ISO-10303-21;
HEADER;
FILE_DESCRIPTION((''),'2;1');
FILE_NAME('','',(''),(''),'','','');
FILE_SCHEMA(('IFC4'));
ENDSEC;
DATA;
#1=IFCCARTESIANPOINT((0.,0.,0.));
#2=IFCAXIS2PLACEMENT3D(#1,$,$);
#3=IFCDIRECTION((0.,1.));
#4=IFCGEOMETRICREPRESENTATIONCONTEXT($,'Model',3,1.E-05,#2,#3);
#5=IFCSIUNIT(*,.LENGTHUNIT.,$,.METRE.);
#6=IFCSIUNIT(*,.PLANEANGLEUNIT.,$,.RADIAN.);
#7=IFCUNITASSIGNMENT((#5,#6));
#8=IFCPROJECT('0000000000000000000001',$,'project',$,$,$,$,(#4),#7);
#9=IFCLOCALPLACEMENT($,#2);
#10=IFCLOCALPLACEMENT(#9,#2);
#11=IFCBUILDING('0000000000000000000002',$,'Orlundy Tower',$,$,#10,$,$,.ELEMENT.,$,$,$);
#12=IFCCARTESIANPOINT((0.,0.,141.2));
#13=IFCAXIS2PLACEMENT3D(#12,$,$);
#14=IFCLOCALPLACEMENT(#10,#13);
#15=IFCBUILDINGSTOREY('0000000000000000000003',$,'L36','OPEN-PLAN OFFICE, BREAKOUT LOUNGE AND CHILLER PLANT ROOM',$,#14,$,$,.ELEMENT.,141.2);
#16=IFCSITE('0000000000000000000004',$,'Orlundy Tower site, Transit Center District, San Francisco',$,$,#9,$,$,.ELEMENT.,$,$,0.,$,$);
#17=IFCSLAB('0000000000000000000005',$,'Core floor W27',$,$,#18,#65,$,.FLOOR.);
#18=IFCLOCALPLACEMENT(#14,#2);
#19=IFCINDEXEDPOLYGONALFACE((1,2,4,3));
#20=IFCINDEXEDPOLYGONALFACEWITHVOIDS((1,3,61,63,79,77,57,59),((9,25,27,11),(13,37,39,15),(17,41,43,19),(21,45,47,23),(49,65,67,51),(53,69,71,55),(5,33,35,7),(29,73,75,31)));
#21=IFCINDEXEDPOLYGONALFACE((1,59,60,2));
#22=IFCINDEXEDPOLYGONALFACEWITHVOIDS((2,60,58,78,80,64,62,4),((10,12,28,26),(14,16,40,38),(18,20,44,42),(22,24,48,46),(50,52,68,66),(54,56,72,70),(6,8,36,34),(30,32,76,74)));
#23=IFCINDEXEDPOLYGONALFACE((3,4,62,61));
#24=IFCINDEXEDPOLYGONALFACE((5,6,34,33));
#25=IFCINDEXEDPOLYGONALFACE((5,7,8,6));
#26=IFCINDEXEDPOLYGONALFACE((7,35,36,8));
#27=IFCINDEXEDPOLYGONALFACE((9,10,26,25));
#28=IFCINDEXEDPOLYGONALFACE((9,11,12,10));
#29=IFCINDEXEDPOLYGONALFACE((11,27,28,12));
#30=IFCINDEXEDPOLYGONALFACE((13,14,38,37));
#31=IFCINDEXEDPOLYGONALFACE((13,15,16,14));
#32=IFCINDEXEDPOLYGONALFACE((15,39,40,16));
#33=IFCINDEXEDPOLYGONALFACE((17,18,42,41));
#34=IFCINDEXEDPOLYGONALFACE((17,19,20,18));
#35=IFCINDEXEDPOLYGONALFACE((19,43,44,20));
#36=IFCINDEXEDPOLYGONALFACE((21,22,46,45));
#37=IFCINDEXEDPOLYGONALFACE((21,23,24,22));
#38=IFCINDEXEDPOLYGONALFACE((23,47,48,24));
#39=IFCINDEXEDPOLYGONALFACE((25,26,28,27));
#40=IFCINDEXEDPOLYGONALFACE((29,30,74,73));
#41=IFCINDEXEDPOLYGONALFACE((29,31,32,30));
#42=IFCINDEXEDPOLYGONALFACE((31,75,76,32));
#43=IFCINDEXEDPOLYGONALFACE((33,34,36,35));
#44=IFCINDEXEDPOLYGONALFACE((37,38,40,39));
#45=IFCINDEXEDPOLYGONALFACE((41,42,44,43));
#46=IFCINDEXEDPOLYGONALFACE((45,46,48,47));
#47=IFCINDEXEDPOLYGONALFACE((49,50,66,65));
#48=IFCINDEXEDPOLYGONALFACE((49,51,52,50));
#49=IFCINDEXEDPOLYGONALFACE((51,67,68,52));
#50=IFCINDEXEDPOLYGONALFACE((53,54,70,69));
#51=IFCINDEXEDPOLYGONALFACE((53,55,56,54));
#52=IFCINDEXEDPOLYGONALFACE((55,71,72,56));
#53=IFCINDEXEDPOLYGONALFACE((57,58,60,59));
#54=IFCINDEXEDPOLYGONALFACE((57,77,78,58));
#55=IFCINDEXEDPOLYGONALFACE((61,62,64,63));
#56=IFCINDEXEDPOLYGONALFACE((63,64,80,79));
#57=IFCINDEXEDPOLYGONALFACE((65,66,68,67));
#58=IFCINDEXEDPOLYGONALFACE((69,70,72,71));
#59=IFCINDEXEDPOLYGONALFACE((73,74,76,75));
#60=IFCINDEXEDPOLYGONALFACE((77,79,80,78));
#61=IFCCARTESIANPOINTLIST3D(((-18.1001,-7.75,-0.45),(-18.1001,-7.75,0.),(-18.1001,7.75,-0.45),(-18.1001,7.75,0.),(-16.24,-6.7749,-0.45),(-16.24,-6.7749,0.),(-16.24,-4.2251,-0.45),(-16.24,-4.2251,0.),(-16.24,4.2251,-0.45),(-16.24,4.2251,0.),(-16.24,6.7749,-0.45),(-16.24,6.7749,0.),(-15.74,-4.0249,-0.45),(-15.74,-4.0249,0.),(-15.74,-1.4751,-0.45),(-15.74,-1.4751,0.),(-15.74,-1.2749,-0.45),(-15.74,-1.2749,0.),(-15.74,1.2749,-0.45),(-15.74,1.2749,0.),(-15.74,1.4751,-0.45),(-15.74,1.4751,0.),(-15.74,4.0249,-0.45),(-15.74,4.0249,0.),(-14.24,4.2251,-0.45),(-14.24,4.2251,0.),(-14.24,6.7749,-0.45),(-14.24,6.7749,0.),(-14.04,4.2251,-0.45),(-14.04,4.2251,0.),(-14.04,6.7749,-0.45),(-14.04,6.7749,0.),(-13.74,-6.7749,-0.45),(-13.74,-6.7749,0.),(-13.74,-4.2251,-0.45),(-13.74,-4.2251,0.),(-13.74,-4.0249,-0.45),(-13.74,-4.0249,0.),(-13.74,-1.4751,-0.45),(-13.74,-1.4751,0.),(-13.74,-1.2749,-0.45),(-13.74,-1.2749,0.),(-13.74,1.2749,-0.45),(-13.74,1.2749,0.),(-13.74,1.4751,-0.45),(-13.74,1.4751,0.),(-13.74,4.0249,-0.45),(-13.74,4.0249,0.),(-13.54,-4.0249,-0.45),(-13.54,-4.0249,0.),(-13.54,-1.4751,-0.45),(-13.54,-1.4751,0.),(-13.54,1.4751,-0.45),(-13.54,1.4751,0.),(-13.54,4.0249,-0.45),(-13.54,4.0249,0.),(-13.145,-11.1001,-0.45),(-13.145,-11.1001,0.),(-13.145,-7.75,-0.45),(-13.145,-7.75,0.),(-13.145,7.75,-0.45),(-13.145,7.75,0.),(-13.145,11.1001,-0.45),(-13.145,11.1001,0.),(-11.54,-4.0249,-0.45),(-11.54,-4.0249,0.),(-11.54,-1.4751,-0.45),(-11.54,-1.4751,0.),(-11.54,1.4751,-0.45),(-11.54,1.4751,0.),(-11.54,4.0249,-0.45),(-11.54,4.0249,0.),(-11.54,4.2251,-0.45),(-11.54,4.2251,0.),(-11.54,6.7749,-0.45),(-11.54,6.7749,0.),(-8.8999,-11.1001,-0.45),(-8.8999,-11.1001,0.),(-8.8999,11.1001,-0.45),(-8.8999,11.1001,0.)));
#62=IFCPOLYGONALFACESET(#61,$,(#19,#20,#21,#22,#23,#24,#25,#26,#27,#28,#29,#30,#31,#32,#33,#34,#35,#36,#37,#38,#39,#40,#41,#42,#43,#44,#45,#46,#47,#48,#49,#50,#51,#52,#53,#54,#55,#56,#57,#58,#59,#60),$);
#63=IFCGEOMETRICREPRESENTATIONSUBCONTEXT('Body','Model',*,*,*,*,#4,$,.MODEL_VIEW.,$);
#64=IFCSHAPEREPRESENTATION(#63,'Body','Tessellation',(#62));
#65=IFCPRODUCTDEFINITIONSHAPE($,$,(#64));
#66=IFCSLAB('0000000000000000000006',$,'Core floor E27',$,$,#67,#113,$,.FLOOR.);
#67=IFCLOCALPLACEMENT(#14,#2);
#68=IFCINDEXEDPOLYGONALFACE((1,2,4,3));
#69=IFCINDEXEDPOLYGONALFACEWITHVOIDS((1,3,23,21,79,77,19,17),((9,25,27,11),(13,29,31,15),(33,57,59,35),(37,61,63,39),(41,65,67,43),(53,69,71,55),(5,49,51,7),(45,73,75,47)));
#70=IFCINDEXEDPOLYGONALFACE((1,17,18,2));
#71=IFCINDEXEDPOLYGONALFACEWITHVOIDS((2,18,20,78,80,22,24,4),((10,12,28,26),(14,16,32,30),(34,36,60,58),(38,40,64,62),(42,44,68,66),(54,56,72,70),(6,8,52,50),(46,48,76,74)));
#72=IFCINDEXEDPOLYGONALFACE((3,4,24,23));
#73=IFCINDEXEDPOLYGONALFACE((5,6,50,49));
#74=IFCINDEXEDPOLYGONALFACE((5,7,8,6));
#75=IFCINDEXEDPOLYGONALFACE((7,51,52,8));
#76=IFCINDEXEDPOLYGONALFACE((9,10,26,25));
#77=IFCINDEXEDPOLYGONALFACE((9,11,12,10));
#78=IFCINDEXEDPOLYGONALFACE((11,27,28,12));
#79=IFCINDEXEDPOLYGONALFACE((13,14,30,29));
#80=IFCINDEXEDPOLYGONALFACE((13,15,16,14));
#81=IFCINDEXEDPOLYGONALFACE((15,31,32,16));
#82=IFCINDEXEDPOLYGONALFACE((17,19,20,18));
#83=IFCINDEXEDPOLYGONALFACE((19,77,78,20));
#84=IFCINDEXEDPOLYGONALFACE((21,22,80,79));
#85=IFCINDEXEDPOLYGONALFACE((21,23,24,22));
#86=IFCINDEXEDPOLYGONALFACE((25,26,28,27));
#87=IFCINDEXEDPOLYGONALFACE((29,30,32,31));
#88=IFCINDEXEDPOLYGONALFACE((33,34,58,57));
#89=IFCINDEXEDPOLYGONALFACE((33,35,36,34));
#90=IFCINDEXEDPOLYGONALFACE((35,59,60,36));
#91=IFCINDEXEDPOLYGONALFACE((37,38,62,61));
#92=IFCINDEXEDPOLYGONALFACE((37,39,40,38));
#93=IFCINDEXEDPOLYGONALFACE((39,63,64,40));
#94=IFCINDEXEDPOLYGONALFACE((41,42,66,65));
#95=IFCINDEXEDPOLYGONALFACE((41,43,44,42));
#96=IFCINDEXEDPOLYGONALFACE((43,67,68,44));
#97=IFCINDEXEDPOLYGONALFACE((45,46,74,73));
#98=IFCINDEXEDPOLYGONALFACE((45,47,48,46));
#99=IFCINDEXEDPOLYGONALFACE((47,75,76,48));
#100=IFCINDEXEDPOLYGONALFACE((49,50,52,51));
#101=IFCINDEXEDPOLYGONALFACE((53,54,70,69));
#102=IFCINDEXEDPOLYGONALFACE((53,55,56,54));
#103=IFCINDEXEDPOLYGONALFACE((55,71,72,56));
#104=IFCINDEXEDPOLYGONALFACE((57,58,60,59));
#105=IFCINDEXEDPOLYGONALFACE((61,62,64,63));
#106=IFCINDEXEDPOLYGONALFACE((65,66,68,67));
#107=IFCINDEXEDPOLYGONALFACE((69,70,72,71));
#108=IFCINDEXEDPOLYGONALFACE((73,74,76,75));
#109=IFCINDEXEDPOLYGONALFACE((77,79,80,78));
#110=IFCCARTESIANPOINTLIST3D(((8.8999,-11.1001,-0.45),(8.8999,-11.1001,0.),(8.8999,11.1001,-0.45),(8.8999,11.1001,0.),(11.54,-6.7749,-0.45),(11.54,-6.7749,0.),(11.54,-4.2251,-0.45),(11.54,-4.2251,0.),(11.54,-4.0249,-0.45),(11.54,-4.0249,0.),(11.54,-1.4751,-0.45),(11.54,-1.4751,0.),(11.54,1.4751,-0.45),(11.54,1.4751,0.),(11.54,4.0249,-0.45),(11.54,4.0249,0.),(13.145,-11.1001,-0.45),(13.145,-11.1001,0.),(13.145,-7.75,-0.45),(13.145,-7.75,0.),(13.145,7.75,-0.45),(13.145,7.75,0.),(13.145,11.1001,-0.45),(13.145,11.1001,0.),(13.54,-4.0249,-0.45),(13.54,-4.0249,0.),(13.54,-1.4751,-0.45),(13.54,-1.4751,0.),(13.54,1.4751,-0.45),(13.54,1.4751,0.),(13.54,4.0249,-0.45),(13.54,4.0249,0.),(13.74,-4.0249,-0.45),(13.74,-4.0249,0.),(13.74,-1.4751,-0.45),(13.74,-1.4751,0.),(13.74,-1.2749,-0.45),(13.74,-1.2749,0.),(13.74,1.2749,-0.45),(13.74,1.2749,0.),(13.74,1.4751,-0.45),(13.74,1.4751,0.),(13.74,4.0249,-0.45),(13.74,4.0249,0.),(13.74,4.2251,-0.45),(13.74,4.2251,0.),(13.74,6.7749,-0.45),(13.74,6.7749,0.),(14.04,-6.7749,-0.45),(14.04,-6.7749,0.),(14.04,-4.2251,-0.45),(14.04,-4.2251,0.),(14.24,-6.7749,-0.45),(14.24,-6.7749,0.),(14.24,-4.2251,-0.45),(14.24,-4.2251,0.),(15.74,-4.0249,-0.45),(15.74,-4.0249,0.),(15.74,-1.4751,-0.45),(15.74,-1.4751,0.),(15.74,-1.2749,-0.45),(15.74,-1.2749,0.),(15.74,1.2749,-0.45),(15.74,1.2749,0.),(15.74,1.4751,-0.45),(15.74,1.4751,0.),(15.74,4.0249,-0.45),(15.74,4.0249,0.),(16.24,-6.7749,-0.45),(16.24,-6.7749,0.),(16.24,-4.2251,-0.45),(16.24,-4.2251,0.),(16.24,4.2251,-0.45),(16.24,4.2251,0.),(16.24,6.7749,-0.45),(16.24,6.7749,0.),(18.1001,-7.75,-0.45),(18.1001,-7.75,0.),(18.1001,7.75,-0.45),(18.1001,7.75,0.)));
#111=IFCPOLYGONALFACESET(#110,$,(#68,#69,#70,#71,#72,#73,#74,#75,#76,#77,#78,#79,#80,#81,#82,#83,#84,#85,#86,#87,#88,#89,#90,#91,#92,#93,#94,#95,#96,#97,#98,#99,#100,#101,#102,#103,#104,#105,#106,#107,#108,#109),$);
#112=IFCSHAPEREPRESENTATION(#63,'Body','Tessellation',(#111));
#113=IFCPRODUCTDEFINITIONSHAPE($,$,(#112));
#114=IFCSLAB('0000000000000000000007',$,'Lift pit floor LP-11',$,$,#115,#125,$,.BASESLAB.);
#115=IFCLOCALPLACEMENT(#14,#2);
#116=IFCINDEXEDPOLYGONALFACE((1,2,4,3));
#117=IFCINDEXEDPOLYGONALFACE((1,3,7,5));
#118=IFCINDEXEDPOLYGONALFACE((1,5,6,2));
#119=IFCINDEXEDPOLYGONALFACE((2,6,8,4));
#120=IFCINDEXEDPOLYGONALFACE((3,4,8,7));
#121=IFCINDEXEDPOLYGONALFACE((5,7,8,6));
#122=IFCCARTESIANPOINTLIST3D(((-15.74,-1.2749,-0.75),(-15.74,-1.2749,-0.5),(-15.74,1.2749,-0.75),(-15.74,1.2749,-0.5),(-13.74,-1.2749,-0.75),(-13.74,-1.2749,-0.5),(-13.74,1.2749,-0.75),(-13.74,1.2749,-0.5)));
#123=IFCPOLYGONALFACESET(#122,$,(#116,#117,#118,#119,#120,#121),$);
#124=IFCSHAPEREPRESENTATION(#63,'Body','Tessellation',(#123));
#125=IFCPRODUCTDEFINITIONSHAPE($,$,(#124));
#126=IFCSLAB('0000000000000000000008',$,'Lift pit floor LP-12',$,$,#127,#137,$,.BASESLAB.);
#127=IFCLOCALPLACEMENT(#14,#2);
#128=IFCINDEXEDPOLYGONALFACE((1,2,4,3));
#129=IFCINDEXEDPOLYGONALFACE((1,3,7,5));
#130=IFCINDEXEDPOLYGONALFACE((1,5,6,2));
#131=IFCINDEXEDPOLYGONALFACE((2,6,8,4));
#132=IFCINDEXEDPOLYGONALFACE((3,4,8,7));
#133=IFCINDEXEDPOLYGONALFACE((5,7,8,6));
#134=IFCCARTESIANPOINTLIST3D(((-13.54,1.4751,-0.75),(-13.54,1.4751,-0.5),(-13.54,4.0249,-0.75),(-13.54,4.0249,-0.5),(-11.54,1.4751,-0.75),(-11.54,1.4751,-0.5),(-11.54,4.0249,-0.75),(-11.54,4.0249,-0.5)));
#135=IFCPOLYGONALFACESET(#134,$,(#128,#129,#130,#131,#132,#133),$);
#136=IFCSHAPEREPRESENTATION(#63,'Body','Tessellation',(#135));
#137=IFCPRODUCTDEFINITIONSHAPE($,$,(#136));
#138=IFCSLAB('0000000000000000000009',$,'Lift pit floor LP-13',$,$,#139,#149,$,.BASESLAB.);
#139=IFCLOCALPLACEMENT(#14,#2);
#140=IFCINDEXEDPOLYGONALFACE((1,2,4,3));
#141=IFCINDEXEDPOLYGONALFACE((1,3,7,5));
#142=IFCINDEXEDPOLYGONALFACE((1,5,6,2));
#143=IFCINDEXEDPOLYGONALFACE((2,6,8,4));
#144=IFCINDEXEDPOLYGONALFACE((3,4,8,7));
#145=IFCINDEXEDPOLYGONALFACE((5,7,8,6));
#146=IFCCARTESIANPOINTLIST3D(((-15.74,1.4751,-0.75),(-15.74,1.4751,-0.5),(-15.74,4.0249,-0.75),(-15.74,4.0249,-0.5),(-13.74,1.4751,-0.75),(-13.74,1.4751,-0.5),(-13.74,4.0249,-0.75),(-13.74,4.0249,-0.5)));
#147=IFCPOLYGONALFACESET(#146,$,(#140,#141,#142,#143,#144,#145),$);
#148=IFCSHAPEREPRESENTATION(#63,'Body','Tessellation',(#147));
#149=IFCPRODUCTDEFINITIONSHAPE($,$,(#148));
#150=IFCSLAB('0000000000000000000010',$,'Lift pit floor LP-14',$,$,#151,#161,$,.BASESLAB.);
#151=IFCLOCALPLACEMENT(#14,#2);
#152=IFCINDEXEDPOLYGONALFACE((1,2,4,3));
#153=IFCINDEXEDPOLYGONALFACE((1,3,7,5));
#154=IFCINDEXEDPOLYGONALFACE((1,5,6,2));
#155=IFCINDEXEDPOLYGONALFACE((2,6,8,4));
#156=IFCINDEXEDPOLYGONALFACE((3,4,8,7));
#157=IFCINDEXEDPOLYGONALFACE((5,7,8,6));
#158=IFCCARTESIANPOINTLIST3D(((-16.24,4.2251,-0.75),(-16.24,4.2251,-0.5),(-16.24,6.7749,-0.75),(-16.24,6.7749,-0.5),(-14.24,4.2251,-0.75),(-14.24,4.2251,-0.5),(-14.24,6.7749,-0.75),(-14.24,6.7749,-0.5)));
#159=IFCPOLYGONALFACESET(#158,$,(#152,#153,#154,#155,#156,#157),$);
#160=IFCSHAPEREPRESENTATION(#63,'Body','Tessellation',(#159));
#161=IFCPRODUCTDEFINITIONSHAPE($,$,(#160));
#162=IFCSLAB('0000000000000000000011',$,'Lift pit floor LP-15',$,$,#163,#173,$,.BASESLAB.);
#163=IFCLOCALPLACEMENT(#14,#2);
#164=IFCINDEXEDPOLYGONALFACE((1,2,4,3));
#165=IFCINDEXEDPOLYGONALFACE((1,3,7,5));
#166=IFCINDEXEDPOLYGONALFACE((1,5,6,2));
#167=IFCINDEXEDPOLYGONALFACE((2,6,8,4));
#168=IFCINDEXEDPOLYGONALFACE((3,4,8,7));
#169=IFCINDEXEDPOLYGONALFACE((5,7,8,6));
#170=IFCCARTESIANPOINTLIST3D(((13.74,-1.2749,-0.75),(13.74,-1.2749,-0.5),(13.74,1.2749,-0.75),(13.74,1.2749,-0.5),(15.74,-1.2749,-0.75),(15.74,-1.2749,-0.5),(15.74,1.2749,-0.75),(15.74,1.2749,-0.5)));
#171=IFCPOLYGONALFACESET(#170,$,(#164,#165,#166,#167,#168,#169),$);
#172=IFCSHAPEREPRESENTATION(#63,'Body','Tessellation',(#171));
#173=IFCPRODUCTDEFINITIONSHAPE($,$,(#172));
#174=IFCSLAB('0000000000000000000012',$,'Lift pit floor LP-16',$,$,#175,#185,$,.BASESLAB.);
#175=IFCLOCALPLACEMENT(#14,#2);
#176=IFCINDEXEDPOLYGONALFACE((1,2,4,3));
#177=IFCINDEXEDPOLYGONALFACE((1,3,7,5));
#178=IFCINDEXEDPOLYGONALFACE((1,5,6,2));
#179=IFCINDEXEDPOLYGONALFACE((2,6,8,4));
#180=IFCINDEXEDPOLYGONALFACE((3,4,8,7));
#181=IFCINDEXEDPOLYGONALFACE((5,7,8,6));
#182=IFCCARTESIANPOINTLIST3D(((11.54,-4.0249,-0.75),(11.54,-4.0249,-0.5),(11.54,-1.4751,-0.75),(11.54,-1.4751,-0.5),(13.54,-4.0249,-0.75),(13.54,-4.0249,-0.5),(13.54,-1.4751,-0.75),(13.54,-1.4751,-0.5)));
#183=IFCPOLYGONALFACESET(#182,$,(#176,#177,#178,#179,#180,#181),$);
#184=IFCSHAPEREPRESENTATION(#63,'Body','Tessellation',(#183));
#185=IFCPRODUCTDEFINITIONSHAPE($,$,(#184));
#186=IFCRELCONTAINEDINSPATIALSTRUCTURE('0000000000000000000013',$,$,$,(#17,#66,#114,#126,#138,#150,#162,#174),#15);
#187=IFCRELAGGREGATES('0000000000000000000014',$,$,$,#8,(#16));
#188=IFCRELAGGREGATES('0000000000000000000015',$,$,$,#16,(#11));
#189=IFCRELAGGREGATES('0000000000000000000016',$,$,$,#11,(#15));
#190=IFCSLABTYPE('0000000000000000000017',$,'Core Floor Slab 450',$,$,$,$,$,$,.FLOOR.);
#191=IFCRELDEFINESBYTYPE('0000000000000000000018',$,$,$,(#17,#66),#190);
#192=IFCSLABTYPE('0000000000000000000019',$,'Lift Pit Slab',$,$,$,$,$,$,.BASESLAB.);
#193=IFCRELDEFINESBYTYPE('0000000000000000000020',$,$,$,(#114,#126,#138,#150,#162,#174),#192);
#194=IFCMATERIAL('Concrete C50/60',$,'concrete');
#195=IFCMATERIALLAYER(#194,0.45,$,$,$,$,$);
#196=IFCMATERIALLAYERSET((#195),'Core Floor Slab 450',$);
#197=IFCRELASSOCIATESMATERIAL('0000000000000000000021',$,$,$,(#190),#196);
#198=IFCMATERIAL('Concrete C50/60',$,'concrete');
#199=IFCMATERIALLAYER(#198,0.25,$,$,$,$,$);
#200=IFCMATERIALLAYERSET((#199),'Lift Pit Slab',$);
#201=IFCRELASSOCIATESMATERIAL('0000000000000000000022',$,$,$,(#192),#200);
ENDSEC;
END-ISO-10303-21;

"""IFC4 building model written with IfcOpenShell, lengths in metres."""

from ifc_helpers import new_model, si_unit, direction, frame, origin, place, context, subcontext, project, spatial, polyline, outline, extrude, material, layer, layer_set, type_object, element, save


model = new_model("IFC4")

# Units and contexts
model_context = context("Model", 3, precision=1e-05, world=origin(), true_north=direction((0.0, 1.0)))
body_context = subcontext(model_context, "Body", "Model", "MODEL_VIEW")
ifc_project = project(units=[si_unit("LENGTHUNIT", "METRE"), si_unit("PLANEANGLEUNIT", "RADIAN")], contexts=[model_context])

# Site, building, storey
site_placement = place(None, origin())
site = spatial("IfcSite", under=ifc_project, at=site_placement, Name="Orlundy Tower site, Transit Center District, San Francisco", CompositionType="ELEMENT", RefElevation=0.0)
building_placement = place(site_placement, origin())
building = spatial("IfcBuilding", under=site, at=building_placement, Name="Orlundy Tower", CompositionType="ELEMENT")
storey_placement = place(building_placement, frame((0.0, 0.0, 141.2)))
storey = spatial("IfcBuildingStorey", under=building, at=storey_placement, Name="L36", Description="OPEN-PLAN OFFICE, BREAKOUT LOUNGE AND CHILLER PLANT ROOM", CompositionType="ELEMENT", Elevation=141.2)

# Slabs
ifc_material_1 = material(Name="Concrete C50/60", Category="concrete")
ifc_layer_1 = layer(ifc_material_1, 0.45)
ifc_layer_set_1 = layer_set([ifc_layer_1], Name="Core Floor Slab 450")
slab_type_1 = type_object("IfcSlabType", Name="Core Floor Slab 450", PredefinedType="FLOOR", material=ifc_layer_set_1)
slab_1_placement = place(storey_placement, frame((0.0, 0.0, -0.45)))
element("IfcSlab", 1, at=slab_1_placement, inside=storey, type_object=slab_type_1, Name="Core floor W27", PredefinedType="FLOOR", context=body_context, shape_type="SweptSolid", body=[
    extrude(outline(polyline([(-18.1001, 7.75), (-13.145, 7.75), (-13.145, 11.1001), (-8.8999, 11.1001), (-8.8999, -11.1001), (-13.145, -11.1001), (-13.145, -7.75), (-18.1001, -7.75), (-18.1001, 7.75)]), holes=[polyline([(-16.24, -4.2251), (-16.24, -6.7749), (-13.74, -6.7749), (-13.74, -4.2251), (-16.24, -4.2251)]), polyline([(-11.54, -1.4751), (-13.54, -1.4751), (-13.54, -4.0249), (-11.54, -4.0249), (-11.54, -1.4751)]), polyline([(-13.74, -4.0249), (-13.74, -1.4751), (-15.74, -1.4751), (-15.74, -4.0249), (-13.74, -4.0249)]), polyline([(-15.74, -1.2749), (-13.74, -1.2749), (-13.74, 1.2749), (-15.74, 1.2749), (-15.74, -1.2749)]), polyline([(-13.54, 4.0249), (-13.54, 1.4751), (-11.54, 1.4751), (-11.54, 4.0249), (-13.54, 4.0249)]), polyline([(-13.74, 4.0249), (-15.74, 4.0249), (-15.74, 1.4751), (-13.74, 1.4751), (-13.74, 4.0249)]), polyline([(-11.54, 4.2251), (-11.54, 6.7749), (-14.04, 6.7749), (-14.04, 4.2251), (-11.54, 4.2251)]), polyline([(-16.24, 4.2251), (-14.24, 4.2251), (-14.24, 6.7749), (-16.24, 6.7749), (-16.24, 4.2251)])]), origin(), (0.0, 0.0, 1.0), 0.45),
])
slab_2_placement = place(storey_placement, frame((0.0, 0.0, -0.45)))
element("IfcSlab", 2, at=slab_2_placement, inside=storey, type_object=slab_type_1, Name="Core floor E27", PredefinedType="FLOOR", context=body_context, shape_type="SweptSolid", body=[
    extrude(outline(polyline([(18.1001, -7.75), (13.145, -7.75), (13.145, -11.1001), (8.8999, -11.1001), (8.8999, 11.1001), (13.145, 11.1001), (13.145, 7.75), (18.1001, 7.75), (18.1001, -7.75)]), holes=[polyline([(16.24, 4.2251), (16.24, 6.7749), (13.74, 6.7749), (13.74, 4.2251), (16.24, 4.2251)]), polyline([(11.54, 1.4751), (13.54, 1.4751), (13.54, 4.0249), (11.54, 4.0249), (11.54, 1.4751)]), polyline([(13.74, 4.0249), (13.74, 1.4751), (15.74, 1.4751), (15.74, 4.0249), (13.74, 4.0249)]), polyline([(15.74, 1.2749), (13.74, 1.2749), (13.74, -1.2749), (15.74, -1.2749), (15.74, 1.2749)]), polyline([(13.54, -4.0249), (13.54, -1.4751), (11.54, -1.4751), (11.54, -4.0249), (13.54, -4.0249)]), polyline([(13.74, -4.0249), (15.74, -4.0249), (15.74, -1.4751), (13.74, -1.4751), (13.74, -4.0249)]), polyline([(11.54, -4.2251), (11.54, -6.7749), (14.04, -6.7749), (14.04, -4.2251), (11.54, -4.2251)]), polyline([(16.24, -4.2251), (14.24, -4.2251), (14.24, -6.7749), (16.24, -6.7749), (16.24, -4.2251)])]), origin(), (0.0, 0.0, 1.0), 0.45),
])
ifc_material_2 = material(Name="Concrete C50/60", Category="concrete")
ifc_layer_2 = layer(ifc_material_2, 0.25)
ifc_layer_set_2 = layer_set([ifc_layer_2], Name="Lift Pit Slab")
slab_type_2 = type_object("IfcSlabType", Name="Lift Pit Slab", PredefinedType="BASESLAB", material=ifc_layer_set_2)
slab_3_placement = place(storey_placement, frame((0.0, 0.0, -0.75)))
element("IfcSlab", 3, at=slab_3_placement, inside=storey, type_object=slab_type_2, Name="Lift pit floor LP-11", PredefinedType="BASESLAB", context=body_context, shape_type="SweptSolid", body=[
    extrude(outline(polyline([(-13.74, -1.2749), (-15.74, -1.2749), (-15.74, 1.2749), (-13.74, 1.2749), (-13.74, -1.2749)])), origin(), (0.0, 0.0, 1.0), 0.25),
])
slab_4_placement = place(storey_placement, frame((0.0, 0.0, -0.75)))
element("IfcSlab", 4, at=slab_4_placement, inside=storey, type_object=slab_type_2, Name="Lift pit floor LP-12", PredefinedType="BASESLAB", context=body_context, shape_type="SweptSolid", body=[
    extrude(outline(polyline([(-11.54, 1.4751), (-13.54, 1.4751), (-13.54, 4.0249), (-11.54, 4.0249), (-11.54, 1.4751)])), origin(), (0.0, 0.0, 1.0), 0.25),
])
slab_5_placement = place(storey_placement, frame((0.0, 0.0, -0.75)))
element("IfcSlab", 5, at=slab_5_placement, inside=storey, type_object=slab_type_2, Name="Lift pit floor LP-13", PredefinedType="BASESLAB", context=body_context, shape_type="SweptSolid", body=[
    extrude(outline(polyline([(-13.74, 1.4751), (-15.74, 1.4751), (-15.74, 4.0249), (-13.74, 4.0249), (-13.74, 1.4751)])), origin(), (0.0, 0.0, 1.0), 0.25),
])
slab_6_placement = place(storey_placement, frame((0.0, 0.0, -0.75)))
element("IfcSlab", 6, at=slab_6_placement, inside=storey, type_object=slab_type_2, Name="Lift pit floor LP-14", PredefinedType="BASESLAB", context=body_context, shape_type="SweptSolid", body=[
    extrude(outline(polyline([(-14.24, 4.2251), (-16.24, 4.2251), (-16.24, 6.7749), (-14.24, 6.7749), (-14.24, 4.2251)])), origin(), (0.0, 0.0, 1.0), 0.25),
])
slab_7_placement = place(storey_placement, frame((0.0, 0.0, -0.75)))
element("IfcSlab", 7, at=slab_7_placement, inside=storey, type_object=slab_type_2, Name="Lift pit floor LP-15", PredefinedType="BASESLAB", context=body_context, shape_type="SweptSolid", body=[
    extrude(outline(polyline([(13.74, 1.2749), (15.74, 1.2749), (15.74, -1.2749), (13.74, -1.2749), (13.74, 1.2749)])), origin(), (0.0, 0.0, 1.0), 0.25),
])
slab_8_placement = place(storey_placement, frame((0.0, 0.0, -0.75)))
element("IfcSlab", 8, at=slab_8_placement, inside=storey, type_object=slab_type_2, Name="Lift pit floor LP-16", PredefinedType="BASESLAB", context=body_context, shape_type="SweptSolid", body=[
    extrude(outline(polyline([(11.54, -1.4751), (13.54, -1.4751), (13.54, -4.0249), (11.54, -4.0249), (11.54, -1.4751)])), origin(), (0.0, 0.0, 1.0), 0.25),
])

save(model, "model.ifc")
